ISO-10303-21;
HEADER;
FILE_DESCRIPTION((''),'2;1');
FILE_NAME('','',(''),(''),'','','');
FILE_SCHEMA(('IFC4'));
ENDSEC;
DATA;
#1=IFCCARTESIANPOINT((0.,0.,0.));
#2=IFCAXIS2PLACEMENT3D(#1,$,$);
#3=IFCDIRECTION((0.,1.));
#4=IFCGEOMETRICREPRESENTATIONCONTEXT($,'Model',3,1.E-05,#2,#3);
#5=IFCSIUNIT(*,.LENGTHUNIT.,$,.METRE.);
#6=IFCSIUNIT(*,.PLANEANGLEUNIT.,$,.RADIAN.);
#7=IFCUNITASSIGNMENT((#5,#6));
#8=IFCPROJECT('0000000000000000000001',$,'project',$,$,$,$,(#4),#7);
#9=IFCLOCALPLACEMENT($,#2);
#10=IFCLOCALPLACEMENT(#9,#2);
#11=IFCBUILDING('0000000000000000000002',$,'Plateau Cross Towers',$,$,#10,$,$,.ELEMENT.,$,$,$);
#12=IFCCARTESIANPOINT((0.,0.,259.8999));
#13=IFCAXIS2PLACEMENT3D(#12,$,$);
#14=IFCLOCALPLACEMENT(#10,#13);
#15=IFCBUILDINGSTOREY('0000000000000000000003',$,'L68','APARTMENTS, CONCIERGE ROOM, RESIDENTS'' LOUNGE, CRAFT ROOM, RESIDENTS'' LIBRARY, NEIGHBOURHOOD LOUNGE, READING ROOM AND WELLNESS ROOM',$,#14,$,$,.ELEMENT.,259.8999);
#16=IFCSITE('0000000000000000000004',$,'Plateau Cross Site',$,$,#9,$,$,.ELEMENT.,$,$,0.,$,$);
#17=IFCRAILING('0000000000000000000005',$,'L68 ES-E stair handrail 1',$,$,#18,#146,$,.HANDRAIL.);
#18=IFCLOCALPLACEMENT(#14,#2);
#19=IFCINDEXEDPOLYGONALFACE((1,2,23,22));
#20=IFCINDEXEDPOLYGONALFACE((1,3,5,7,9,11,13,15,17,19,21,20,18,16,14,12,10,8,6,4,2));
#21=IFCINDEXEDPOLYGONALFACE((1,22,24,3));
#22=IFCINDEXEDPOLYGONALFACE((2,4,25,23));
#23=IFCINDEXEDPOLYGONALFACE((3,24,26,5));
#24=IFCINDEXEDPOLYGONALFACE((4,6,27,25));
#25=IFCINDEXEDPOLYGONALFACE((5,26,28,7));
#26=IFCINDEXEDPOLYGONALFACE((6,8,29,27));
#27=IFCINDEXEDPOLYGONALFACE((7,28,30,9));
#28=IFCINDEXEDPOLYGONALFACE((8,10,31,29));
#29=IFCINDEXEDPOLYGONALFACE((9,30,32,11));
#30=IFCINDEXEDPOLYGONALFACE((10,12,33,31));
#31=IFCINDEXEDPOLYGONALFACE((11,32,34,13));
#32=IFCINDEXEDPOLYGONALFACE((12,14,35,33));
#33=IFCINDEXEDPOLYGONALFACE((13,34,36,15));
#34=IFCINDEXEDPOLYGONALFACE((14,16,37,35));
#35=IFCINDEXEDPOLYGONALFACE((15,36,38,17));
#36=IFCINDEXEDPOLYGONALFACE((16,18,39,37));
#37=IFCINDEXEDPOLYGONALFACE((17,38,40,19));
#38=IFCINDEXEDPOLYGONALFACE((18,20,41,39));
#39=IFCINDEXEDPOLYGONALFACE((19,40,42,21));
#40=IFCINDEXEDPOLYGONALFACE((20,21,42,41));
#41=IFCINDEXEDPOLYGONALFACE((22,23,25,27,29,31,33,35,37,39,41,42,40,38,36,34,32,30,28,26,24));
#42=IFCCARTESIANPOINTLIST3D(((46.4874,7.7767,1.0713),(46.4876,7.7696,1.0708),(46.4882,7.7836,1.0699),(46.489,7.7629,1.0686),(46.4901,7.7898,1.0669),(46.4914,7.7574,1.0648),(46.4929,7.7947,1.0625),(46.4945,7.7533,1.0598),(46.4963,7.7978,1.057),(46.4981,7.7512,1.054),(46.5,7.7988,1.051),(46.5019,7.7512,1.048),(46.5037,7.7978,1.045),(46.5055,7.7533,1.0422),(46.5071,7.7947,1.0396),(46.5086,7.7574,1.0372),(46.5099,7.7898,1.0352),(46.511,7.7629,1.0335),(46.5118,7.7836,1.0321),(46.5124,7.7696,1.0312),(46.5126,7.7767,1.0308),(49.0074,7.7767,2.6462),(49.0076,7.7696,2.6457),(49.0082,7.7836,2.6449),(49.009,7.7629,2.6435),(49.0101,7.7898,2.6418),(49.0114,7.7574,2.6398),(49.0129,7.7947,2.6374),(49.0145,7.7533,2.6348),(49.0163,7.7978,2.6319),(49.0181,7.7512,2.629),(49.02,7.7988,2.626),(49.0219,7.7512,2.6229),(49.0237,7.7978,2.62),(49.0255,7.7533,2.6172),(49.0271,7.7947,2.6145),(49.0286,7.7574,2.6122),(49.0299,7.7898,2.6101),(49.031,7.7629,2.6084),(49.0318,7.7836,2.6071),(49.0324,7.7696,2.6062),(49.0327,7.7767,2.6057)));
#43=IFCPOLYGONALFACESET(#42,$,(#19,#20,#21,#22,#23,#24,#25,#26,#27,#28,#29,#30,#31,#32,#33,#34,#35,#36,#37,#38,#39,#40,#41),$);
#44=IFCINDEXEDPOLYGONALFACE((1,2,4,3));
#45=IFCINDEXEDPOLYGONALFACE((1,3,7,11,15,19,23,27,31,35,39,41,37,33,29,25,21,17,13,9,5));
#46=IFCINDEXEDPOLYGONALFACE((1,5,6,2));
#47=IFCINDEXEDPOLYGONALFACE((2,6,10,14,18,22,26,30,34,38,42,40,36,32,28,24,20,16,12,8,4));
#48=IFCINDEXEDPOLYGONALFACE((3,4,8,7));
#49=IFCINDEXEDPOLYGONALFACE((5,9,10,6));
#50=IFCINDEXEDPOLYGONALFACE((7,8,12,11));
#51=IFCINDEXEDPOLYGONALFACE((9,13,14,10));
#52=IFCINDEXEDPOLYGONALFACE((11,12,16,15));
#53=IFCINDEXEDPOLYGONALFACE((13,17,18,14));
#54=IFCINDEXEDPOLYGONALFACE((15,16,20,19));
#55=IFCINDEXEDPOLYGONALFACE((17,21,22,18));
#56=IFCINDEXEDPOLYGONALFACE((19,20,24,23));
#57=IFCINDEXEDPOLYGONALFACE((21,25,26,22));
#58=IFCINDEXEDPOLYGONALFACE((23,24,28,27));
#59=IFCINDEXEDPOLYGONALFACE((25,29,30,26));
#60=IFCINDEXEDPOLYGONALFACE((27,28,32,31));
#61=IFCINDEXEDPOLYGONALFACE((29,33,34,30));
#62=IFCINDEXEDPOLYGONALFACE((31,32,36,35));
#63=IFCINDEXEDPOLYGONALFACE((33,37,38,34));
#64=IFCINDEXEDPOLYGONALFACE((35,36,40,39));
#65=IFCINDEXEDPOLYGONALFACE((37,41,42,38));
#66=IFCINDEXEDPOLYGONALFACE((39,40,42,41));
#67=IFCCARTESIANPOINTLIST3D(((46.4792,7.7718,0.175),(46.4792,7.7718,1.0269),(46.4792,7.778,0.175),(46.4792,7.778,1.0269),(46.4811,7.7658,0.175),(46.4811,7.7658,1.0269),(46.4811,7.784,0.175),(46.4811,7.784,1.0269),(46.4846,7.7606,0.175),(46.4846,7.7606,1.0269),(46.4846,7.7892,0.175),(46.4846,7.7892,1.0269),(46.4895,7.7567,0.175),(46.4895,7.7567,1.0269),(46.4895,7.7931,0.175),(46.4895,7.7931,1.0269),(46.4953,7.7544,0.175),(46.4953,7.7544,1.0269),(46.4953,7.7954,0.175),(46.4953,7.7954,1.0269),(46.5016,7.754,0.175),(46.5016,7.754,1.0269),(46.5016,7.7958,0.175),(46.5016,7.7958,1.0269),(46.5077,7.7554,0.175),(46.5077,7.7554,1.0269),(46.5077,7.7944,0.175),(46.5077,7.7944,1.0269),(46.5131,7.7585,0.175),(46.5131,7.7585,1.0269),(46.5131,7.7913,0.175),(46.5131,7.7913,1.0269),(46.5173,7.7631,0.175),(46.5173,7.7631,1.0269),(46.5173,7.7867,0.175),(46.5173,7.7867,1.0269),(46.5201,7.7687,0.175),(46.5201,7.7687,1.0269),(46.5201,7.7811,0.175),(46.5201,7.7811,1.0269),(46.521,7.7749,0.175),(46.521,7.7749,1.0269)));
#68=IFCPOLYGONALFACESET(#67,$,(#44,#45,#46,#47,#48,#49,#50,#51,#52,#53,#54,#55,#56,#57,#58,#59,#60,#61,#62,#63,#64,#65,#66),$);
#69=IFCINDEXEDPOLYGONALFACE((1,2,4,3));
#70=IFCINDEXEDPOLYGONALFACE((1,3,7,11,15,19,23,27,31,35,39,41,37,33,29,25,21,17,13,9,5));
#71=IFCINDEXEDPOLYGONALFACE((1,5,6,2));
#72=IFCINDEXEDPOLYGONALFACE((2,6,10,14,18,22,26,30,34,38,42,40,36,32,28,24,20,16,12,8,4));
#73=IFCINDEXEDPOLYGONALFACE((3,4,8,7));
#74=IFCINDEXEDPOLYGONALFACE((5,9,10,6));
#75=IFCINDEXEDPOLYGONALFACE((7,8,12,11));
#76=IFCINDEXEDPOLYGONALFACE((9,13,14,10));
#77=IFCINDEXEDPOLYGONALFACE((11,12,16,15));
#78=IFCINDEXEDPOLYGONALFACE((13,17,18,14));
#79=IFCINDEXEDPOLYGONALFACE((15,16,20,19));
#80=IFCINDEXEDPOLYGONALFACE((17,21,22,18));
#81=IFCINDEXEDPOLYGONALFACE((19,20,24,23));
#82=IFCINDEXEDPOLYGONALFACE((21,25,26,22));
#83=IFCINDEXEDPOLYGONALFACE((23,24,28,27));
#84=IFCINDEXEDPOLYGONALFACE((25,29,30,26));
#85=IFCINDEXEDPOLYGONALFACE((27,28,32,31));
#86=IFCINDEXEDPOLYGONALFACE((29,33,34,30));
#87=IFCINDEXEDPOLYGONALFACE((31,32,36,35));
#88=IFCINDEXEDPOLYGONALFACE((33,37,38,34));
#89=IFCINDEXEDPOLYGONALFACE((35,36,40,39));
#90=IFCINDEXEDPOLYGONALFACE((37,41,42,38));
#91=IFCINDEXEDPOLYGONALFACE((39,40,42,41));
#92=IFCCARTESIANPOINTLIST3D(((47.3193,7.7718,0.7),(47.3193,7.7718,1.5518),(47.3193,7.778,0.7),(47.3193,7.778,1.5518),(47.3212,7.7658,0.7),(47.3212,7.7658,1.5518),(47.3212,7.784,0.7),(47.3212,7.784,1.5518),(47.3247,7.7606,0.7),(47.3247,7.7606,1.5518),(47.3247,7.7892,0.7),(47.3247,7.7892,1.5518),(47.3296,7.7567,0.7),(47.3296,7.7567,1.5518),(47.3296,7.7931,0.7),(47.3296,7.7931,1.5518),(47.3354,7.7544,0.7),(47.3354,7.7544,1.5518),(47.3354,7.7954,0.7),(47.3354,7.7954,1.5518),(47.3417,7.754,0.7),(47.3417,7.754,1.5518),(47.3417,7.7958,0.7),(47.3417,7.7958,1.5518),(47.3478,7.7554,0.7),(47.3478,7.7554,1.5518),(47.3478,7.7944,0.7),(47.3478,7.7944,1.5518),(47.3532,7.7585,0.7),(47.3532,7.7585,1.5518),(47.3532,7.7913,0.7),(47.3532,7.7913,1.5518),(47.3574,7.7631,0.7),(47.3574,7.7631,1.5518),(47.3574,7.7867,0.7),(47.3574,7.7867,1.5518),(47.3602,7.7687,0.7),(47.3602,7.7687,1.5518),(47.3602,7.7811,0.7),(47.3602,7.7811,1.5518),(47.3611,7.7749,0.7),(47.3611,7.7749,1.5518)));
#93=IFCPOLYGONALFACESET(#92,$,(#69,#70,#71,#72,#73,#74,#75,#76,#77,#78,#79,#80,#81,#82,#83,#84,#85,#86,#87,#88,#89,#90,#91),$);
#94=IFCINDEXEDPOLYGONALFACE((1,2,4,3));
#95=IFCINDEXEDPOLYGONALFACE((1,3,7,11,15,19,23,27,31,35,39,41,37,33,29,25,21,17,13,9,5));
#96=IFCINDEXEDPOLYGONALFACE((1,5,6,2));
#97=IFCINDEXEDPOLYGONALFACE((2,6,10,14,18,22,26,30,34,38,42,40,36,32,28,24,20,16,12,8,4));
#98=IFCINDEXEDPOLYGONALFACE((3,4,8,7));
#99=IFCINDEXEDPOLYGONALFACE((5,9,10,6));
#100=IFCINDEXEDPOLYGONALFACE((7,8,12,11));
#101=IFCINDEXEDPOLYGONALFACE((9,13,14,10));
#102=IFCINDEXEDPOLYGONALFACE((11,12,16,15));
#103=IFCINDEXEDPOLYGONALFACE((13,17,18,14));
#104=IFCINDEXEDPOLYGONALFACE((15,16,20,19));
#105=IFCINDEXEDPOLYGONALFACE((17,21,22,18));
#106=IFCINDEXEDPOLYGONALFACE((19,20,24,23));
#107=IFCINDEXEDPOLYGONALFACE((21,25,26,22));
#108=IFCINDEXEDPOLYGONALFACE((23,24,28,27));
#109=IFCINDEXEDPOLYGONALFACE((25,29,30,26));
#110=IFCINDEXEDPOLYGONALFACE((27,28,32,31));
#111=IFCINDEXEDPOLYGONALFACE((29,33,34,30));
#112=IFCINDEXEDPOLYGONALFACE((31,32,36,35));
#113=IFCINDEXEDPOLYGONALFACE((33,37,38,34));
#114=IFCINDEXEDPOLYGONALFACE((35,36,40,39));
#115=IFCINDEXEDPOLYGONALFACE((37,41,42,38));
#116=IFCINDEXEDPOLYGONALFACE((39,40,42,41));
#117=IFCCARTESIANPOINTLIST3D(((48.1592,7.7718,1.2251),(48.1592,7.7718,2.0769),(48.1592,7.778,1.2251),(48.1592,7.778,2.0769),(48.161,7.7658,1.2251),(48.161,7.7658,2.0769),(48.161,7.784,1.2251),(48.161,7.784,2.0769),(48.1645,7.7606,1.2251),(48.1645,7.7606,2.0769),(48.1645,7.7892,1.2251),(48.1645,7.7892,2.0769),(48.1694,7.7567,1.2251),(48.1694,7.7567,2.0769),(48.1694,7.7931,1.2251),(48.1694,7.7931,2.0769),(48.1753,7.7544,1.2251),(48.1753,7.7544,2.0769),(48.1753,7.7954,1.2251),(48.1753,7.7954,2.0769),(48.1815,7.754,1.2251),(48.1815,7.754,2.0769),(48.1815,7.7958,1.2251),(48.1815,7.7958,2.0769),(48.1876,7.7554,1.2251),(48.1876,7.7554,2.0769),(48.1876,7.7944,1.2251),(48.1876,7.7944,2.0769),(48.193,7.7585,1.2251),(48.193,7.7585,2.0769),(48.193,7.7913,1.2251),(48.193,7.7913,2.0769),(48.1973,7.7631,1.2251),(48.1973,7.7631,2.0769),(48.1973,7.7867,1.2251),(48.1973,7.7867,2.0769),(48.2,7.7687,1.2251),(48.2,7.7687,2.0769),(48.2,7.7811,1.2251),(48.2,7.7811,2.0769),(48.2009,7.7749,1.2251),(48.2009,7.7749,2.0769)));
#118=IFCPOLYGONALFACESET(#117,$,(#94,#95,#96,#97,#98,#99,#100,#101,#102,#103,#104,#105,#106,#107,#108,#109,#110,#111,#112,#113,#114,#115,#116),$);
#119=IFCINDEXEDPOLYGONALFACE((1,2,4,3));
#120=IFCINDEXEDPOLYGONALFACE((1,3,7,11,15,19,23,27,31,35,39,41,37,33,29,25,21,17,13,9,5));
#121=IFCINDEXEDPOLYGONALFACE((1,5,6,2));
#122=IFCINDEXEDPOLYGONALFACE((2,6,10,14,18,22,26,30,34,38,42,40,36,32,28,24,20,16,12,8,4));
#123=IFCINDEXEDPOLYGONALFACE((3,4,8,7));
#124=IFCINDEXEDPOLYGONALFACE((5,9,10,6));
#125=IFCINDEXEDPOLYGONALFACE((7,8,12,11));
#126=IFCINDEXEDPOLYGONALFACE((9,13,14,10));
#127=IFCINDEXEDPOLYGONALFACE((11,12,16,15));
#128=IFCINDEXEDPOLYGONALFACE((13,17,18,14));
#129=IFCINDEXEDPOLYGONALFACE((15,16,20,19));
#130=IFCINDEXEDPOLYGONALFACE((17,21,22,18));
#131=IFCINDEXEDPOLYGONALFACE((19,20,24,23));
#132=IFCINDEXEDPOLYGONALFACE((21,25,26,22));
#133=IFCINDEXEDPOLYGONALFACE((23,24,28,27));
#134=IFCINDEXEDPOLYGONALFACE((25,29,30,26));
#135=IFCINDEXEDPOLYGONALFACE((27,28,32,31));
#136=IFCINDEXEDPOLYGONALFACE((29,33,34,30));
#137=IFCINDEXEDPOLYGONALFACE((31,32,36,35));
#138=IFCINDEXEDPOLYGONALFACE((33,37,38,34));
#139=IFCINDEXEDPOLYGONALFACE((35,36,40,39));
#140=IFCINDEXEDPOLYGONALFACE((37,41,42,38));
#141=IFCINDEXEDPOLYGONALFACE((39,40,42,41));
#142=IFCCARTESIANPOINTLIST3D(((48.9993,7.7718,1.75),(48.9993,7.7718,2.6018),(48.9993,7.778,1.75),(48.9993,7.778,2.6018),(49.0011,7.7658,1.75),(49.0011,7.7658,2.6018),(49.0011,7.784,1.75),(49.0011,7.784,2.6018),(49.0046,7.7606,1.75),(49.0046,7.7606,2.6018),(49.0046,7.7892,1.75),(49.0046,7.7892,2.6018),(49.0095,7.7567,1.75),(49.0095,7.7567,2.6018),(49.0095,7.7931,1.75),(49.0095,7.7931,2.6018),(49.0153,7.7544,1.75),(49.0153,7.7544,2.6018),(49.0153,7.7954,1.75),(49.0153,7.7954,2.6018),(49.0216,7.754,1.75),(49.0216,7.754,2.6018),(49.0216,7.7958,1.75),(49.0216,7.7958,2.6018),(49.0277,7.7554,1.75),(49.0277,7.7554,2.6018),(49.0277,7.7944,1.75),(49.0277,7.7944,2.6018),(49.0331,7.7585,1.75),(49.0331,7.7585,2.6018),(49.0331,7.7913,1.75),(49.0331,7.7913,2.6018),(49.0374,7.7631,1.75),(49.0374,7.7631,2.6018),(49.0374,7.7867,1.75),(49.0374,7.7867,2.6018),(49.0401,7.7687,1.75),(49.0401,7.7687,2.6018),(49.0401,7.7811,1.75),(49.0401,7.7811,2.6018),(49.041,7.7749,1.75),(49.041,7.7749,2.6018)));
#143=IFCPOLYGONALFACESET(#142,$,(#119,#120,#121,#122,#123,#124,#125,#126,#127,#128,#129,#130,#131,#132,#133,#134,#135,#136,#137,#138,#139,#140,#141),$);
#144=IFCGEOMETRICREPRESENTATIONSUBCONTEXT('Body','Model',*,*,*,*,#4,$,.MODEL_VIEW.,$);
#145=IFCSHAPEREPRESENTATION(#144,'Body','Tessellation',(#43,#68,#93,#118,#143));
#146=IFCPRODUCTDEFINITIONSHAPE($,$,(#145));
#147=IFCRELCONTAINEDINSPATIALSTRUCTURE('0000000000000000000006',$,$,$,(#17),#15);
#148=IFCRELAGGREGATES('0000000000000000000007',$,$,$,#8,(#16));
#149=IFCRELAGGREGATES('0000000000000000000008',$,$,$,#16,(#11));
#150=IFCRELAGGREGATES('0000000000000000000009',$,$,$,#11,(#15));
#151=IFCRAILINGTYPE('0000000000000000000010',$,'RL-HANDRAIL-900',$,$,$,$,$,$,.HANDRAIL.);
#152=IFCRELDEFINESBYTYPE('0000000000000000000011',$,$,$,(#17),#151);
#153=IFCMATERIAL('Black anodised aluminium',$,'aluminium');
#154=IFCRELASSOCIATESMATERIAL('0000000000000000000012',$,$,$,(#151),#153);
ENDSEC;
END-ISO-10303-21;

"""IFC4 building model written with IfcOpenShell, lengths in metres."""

from ifc_helpers import new_model, si_unit, direction, frame, origin, origin_2d, place, context, subcontext, project, spatial, circle, extrude, material, type_object, element, save


model = new_model("IFC4")

# Units and contexts
model_context = context("Model", 3, precision=1e-05, world=origin(), true_north=direction((0.0, 1.0)))
body_context = subcontext(model_context, "Body", "Model", "MODEL_VIEW")
ifc_project = project(units=[si_unit("LENGTHUNIT", "METRE"), si_unit("PLANEANGLEUNIT", "RADIAN")], contexts=[model_context])

# Site, building, storey
site_placement = place(None, origin())
site = spatial("IfcSite", under=ifc_project, at=site_placement, Name="Plateau Cross Site", CompositionType="ELEMENT", RefElevation=0.0)
building_placement = place(site_placement, origin())
building = spatial("IfcBuilding", under=site, at=building_placement, Name="Plateau Cross Towers", CompositionType="ELEMENT")
storey_placement = place(building_placement, frame((0.0, 0.0, 259.8999)))
storey = spatial("IfcBuildingStorey", under=building, at=storey_placement, Name="L68", Description="APARTMENTS, CONCIERGE ROOM, RESIDENTS' LOUNGE, CRAFT ROOM, RESIDENTS' LIBRARY, NEIGHBOURHOOD LOUNGE, READING ROOM AND WELLNESS ROOM", CompositionType="ELEMENT", Elevation=259.8999)

# Shared definitions
ifc_material_1 = material(Name="Black anodised aluminium", Category="aluminium")

# Railing
railing_type_1 = type_object("IfcRailingType", Name="RL-HANDRAIL-900", PredefinedType="HANDRAIL", material=ifc_material_1)
railing_placement = place(storey_placement, frame((46.5, 7.7749, 0.175)))
element("IfcRailing", 1, at=railing_placement, inside=storey, type_object=railing_type_1, Name="L68 ES-E stair handrail 1", PredefinedType="HANDRAIL", context=body_context, shape_type="SweptSolid", body=[
    extrude(circle(Radius=0.0239, at=origin_2d()), frame((0.0, 0.0, 0.876), z_axis=(0.848008, 0.0, 0.529984), x_axis=(0.0, 1.0, 0.0)), (0.0, 0.0, 1.0), 2.9717),
    extrude(circle(Radius=0.021, at=origin_2d()), origin(), (0.0, 0.0, 1.0), 0.8518),
    extrude(circle(Radius=0.021, at=origin_2d()), frame((0.8401, 0.0, 0.5249)), (0.0, 0.0, 1.0), 0.8518),
    extrude(circle(Radius=0.021, at=origin_2d()), frame((1.6799, 0.0, 1.05)), (0.0, 0.0, 1.0), 0.8518),
    extrude(circle(Radius=0.021, at=origin_2d()), frame((2.52, 0.0, 1.575)), (0.0, 0.0, 1.0), 0.8518),
])

save(model, "model.ifc")
